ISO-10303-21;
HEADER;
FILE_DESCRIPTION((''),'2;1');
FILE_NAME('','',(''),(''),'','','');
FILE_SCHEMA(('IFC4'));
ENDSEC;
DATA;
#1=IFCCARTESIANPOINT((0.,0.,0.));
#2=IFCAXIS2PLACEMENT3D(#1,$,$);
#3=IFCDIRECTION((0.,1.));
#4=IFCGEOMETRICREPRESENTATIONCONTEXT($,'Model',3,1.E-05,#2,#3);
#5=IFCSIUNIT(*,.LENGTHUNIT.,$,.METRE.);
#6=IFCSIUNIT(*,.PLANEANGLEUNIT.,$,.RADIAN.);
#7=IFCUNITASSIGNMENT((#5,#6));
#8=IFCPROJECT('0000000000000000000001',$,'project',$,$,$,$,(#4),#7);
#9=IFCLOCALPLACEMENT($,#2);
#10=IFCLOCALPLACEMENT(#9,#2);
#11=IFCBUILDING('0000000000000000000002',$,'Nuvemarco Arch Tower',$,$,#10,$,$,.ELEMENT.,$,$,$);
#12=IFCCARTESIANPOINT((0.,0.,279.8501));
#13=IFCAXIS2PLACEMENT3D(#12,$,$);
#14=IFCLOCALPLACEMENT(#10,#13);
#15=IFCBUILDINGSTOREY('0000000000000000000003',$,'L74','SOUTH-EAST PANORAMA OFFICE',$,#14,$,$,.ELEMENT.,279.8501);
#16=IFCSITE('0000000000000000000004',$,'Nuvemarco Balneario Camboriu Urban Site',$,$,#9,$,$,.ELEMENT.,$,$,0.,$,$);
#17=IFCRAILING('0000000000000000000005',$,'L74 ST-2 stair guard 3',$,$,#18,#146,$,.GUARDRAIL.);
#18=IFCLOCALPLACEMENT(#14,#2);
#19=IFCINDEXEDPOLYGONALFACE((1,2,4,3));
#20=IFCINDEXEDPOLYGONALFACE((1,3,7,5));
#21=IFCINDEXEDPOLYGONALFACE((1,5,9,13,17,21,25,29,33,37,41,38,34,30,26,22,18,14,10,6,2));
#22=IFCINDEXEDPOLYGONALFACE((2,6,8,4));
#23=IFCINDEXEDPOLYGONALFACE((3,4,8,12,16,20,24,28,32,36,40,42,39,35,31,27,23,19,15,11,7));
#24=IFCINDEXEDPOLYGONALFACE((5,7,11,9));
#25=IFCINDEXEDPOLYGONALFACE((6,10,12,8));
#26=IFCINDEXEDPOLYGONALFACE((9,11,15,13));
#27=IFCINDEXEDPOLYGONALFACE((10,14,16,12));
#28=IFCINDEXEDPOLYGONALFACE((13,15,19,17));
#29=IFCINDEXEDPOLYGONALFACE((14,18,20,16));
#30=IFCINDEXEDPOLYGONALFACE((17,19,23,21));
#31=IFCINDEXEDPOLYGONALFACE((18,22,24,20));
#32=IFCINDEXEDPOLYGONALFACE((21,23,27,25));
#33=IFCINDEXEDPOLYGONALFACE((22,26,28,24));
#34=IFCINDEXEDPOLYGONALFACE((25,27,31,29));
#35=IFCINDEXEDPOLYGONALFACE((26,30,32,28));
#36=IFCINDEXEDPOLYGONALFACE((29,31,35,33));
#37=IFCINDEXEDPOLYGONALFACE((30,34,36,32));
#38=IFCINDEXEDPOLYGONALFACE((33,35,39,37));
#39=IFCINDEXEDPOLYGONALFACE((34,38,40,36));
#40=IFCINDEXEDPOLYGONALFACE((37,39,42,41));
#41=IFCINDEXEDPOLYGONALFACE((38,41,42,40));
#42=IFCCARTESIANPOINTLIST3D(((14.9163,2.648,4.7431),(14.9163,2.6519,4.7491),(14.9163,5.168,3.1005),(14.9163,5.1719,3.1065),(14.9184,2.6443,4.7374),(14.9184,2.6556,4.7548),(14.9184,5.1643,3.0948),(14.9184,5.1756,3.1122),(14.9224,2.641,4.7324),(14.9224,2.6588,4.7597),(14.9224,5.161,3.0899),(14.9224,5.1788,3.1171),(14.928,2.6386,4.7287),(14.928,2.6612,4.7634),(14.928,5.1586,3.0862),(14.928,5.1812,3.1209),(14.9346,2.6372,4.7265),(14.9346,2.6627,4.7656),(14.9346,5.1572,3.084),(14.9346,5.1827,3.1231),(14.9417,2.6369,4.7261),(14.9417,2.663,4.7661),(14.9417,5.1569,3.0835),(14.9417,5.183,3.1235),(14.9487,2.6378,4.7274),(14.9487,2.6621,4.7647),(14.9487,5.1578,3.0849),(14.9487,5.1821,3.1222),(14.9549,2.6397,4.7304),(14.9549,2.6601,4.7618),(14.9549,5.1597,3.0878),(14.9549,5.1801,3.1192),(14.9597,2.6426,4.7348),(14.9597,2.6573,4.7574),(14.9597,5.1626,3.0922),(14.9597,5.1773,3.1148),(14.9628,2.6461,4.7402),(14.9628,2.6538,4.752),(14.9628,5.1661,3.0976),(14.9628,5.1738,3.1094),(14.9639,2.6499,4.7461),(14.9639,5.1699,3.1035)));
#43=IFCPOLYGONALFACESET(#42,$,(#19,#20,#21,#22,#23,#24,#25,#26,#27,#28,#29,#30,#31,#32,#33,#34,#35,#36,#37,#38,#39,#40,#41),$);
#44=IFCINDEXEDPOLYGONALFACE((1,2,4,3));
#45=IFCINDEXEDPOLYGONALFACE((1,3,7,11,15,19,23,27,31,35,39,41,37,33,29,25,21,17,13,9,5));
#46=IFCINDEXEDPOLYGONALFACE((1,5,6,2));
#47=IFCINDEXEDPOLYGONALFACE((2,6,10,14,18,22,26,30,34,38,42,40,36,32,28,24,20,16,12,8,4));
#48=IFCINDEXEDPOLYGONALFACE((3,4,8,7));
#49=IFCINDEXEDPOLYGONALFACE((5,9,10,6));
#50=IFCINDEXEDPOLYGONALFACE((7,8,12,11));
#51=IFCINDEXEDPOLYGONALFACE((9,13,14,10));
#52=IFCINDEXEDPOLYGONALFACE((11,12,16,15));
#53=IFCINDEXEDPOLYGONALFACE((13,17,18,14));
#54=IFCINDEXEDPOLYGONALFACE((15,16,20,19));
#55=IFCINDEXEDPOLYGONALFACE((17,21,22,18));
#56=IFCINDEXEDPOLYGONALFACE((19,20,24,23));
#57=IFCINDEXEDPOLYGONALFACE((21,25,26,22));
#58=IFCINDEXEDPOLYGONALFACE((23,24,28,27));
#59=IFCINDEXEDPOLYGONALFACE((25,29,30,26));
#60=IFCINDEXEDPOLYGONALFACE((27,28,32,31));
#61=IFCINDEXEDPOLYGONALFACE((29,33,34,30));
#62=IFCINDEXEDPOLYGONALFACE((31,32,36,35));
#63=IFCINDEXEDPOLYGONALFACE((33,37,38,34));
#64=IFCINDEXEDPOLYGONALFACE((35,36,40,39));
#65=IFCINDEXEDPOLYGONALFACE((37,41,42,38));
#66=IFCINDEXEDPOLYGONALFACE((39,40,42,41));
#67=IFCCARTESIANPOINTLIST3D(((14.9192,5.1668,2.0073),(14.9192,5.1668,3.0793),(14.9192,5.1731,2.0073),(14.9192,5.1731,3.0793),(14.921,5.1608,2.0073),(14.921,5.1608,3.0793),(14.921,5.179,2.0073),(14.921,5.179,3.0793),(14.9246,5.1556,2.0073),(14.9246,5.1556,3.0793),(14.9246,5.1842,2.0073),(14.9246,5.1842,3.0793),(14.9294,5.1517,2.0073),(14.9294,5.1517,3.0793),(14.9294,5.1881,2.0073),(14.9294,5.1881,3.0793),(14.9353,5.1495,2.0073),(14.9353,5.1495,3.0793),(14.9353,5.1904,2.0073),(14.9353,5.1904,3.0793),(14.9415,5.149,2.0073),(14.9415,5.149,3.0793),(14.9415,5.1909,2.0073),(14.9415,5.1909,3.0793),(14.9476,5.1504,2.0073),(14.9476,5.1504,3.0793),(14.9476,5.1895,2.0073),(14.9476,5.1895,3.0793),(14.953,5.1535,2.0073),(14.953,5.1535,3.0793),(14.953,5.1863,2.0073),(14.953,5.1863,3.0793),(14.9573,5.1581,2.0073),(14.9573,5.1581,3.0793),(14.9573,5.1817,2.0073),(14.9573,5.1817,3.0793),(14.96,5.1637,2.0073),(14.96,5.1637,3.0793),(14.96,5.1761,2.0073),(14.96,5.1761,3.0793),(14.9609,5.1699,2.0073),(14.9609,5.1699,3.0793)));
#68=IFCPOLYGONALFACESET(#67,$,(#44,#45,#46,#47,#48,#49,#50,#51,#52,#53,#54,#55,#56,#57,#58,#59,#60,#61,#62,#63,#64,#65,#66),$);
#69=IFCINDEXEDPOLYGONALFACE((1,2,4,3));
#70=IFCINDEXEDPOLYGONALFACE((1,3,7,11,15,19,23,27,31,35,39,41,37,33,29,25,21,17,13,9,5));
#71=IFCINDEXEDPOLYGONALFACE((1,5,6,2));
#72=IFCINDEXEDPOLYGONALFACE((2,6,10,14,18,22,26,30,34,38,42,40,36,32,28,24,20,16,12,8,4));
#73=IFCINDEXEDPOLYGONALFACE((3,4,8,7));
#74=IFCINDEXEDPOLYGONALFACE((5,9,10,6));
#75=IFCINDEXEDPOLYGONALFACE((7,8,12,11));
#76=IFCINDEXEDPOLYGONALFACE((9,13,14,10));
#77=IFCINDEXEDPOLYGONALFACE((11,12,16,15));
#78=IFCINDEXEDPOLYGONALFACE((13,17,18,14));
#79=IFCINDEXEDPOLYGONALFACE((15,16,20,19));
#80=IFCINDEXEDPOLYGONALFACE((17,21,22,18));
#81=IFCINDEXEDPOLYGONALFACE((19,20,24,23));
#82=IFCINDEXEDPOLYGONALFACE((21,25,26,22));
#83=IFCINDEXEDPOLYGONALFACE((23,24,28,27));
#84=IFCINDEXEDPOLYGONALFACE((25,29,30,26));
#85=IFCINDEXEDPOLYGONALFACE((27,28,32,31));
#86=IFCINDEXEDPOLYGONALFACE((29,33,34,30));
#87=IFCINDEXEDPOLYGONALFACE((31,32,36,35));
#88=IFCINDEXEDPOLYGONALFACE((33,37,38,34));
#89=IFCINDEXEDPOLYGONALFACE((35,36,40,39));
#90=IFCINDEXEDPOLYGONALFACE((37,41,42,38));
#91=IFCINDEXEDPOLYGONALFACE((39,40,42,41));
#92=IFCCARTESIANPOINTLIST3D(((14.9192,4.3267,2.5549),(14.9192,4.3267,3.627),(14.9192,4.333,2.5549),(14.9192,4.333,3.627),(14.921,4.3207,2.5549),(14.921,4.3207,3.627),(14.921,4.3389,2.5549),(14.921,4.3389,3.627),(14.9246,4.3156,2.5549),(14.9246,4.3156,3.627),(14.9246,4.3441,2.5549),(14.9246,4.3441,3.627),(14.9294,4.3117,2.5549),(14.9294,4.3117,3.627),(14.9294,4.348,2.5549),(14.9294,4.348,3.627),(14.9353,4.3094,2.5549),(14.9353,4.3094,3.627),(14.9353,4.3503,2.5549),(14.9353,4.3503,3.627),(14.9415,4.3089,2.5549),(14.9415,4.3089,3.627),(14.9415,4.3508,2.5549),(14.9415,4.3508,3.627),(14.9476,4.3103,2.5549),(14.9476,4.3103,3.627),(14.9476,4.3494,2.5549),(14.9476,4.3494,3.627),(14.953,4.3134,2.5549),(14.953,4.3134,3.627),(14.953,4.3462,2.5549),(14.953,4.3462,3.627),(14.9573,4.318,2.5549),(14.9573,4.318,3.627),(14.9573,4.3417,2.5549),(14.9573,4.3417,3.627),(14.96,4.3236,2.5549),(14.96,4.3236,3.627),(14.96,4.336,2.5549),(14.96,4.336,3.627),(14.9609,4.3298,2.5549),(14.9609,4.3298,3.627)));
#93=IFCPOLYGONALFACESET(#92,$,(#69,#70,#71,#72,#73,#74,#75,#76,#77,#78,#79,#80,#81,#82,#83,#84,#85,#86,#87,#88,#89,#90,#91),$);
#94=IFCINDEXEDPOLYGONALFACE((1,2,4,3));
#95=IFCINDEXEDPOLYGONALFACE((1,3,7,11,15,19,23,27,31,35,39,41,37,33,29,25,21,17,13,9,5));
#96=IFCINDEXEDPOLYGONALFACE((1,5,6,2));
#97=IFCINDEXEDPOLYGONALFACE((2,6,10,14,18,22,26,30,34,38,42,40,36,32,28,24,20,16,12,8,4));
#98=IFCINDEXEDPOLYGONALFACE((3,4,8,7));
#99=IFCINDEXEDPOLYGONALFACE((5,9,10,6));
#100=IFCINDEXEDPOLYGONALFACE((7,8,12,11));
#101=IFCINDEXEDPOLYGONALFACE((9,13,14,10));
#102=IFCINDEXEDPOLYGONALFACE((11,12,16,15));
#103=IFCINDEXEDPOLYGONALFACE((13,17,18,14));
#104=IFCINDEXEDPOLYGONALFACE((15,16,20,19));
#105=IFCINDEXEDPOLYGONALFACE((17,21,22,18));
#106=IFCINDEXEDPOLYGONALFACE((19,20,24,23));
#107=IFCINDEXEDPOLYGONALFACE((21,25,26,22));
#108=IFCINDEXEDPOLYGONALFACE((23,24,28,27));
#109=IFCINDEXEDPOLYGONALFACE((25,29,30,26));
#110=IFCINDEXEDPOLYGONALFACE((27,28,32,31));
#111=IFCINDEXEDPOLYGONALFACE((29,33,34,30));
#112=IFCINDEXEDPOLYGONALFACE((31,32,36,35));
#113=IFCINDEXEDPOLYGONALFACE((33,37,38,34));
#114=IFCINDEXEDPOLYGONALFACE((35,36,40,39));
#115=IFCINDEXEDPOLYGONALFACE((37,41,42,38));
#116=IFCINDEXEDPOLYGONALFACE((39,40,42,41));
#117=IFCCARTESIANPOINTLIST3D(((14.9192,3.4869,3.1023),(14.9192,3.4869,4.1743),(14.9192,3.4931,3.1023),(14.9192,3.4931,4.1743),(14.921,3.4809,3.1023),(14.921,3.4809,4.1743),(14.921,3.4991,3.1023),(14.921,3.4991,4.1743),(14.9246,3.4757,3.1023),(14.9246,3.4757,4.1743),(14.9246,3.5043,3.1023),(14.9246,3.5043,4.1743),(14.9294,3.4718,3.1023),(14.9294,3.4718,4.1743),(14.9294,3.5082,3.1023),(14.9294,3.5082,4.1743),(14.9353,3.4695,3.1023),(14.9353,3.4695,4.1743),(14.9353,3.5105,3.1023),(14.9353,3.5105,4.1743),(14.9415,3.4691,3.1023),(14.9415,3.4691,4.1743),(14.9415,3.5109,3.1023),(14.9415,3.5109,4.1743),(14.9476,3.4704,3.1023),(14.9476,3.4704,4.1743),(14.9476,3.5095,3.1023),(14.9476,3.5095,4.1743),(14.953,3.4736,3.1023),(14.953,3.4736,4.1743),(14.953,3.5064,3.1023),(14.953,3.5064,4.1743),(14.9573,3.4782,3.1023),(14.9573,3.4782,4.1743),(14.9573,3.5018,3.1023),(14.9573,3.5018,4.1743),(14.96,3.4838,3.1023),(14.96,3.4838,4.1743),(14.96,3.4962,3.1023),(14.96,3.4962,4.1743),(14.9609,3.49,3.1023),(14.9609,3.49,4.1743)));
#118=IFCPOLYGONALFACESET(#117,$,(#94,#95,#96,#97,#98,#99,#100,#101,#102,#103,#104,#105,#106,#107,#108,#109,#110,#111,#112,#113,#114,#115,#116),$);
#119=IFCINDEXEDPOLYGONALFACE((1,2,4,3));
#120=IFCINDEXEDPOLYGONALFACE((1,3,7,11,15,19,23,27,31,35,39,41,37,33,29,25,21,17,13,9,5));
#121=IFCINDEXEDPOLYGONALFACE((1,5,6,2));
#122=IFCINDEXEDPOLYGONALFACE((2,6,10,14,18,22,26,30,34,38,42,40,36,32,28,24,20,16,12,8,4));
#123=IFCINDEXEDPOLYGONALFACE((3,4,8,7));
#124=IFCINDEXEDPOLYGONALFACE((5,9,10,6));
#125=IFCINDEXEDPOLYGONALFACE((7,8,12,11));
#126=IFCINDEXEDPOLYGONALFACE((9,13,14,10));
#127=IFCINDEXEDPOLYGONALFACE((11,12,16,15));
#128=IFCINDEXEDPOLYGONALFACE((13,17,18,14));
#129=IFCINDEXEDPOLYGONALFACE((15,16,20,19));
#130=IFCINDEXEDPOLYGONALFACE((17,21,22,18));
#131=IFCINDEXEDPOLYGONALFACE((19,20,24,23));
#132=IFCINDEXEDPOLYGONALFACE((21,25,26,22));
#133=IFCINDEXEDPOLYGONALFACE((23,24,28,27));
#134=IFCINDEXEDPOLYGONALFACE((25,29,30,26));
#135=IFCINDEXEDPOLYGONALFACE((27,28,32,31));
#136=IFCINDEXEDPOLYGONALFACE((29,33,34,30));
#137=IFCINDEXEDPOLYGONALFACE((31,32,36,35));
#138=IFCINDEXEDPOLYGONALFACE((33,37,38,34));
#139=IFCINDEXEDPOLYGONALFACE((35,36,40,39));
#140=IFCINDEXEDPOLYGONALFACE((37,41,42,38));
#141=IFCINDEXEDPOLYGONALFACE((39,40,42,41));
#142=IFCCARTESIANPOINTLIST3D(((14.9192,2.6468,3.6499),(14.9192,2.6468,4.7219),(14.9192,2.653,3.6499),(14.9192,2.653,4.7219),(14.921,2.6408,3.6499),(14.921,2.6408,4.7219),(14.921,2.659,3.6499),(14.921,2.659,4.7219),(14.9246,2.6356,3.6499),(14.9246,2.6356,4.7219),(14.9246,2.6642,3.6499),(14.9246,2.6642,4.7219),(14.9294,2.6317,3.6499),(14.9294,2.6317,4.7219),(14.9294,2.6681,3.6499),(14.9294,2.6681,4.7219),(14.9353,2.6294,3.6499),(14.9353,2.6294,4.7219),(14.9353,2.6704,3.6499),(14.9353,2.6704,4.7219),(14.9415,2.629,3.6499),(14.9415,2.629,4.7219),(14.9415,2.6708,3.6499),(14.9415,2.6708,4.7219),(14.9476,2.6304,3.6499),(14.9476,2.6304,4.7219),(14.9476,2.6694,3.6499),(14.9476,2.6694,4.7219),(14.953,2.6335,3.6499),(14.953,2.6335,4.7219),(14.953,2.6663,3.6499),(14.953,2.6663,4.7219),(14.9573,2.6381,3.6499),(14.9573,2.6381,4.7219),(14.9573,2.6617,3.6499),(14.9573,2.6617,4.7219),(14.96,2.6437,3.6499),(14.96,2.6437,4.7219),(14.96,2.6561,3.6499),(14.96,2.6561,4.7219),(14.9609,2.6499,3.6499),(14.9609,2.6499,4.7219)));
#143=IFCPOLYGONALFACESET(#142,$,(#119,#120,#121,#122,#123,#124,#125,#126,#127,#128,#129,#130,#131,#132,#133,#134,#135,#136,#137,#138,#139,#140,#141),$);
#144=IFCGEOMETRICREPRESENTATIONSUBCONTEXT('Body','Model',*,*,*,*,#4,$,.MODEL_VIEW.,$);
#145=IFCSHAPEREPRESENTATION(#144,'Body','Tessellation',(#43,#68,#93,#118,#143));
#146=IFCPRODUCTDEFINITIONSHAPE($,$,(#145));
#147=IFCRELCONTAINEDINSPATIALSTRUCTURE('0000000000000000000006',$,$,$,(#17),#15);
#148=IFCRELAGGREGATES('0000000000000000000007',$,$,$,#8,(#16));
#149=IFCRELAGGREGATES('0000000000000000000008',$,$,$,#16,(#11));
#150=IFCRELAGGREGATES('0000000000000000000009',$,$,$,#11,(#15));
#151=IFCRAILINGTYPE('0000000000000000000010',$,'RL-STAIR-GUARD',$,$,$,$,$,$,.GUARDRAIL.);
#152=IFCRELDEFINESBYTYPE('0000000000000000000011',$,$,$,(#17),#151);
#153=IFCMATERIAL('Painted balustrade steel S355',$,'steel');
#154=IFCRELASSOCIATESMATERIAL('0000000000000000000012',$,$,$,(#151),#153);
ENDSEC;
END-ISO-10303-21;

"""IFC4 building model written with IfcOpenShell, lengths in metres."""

from ifc_helpers import new_model, si_unit, direction, frame, origin, origin_2d, place, context, subcontext, project, spatial, circle, extrude, material, type_object, element, save


model = new_model("IFC4")

# Units and contexts
model_context = context("Model", 3, precision=1e-05, world=origin(), true_north=direction((0.0, 1.0)))
body_context = subcontext(model_context, "Body", "Model", "MODEL_VIEW")
ifc_project = project(units=[si_unit("LENGTHUNIT", "METRE"), si_unit("PLANEANGLEUNIT", "RADIAN")], contexts=[model_context])

# Site, building, storey
site_placement = place(None, origin())
site = spatial("IfcSite", under=ifc_project, at=site_placement, Name="Nuvemarco Balneario Camboriu Urban Site", CompositionType="ELEMENT", RefElevation=0.0)
building_placement = place(site_placement, origin())
building = spatial("IfcBuilding", under=site, at=building_placement, Name="Nuvemarco Arch Tower", CompositionType="ELEMENT")
storey_placement = place(building_placement, frame((0.0, 0.0, 279.8501)))
storey = spatial("IfcBuildingStorey", under=building, at=storey_placement, Name="L74", Description="SOUTH-EAST PANORAMA OFFICE", CompositionType="ELEMENT", Elevation=279.8501)

# Railing
ifc_material_1 = material(Name="Painted balustrade steel S355", Category="steel")
railing_type_1 = type_object("IfcRailingType", Name="RL-STAIR-GUARD", PredefinedType="GUARDRAIL", material=ifc_material_1)
railing_1_placement = place(storey_placement, frame((14.9399, 5.1699, 2.0073)))
element("IfcRailing", 1, at=railing_1_placement, inside=storey, type_object=railing_type_1, Name="L74 ST-2 stair guard 3", PredefinedType="GUARDRAIL", context=body_context, shape_type="SweptSolid", body=[
    extrude(circle(Radius=0.0239, at=origin_2d()), frame((0.0, 0.0, 1.0962), z_axis=(0.0, -0.837749, 0.546055), x_axis=(1.0, 0.0, 0.0)), (0.0, 0.0, 1.0), 3.0081),
    extrude(circle(Radius=0.021, at=origin_2d()), origin(), (0.0, 0.0, 1.0), 1.072),
    extrude(circle(Radius=0.021, at=origin_2d()), frame((0.0, -0.8401, 0.5476)), (0.0, 0.0, 1.0), 1.072),
    extrude(circle(Radius=0.021, at=origin_2d()), frame((0.0, -1.6799, 1.095)), (0.0, 0.0, 1.0), 1.072),
    extrude(circle(Radius=0.021, at=origin_2d()), frame((0.0, -2.52, 1.6426)), (0.0, 0.0, 1.0), 1.072),
])

save(model, "model.ifc")
